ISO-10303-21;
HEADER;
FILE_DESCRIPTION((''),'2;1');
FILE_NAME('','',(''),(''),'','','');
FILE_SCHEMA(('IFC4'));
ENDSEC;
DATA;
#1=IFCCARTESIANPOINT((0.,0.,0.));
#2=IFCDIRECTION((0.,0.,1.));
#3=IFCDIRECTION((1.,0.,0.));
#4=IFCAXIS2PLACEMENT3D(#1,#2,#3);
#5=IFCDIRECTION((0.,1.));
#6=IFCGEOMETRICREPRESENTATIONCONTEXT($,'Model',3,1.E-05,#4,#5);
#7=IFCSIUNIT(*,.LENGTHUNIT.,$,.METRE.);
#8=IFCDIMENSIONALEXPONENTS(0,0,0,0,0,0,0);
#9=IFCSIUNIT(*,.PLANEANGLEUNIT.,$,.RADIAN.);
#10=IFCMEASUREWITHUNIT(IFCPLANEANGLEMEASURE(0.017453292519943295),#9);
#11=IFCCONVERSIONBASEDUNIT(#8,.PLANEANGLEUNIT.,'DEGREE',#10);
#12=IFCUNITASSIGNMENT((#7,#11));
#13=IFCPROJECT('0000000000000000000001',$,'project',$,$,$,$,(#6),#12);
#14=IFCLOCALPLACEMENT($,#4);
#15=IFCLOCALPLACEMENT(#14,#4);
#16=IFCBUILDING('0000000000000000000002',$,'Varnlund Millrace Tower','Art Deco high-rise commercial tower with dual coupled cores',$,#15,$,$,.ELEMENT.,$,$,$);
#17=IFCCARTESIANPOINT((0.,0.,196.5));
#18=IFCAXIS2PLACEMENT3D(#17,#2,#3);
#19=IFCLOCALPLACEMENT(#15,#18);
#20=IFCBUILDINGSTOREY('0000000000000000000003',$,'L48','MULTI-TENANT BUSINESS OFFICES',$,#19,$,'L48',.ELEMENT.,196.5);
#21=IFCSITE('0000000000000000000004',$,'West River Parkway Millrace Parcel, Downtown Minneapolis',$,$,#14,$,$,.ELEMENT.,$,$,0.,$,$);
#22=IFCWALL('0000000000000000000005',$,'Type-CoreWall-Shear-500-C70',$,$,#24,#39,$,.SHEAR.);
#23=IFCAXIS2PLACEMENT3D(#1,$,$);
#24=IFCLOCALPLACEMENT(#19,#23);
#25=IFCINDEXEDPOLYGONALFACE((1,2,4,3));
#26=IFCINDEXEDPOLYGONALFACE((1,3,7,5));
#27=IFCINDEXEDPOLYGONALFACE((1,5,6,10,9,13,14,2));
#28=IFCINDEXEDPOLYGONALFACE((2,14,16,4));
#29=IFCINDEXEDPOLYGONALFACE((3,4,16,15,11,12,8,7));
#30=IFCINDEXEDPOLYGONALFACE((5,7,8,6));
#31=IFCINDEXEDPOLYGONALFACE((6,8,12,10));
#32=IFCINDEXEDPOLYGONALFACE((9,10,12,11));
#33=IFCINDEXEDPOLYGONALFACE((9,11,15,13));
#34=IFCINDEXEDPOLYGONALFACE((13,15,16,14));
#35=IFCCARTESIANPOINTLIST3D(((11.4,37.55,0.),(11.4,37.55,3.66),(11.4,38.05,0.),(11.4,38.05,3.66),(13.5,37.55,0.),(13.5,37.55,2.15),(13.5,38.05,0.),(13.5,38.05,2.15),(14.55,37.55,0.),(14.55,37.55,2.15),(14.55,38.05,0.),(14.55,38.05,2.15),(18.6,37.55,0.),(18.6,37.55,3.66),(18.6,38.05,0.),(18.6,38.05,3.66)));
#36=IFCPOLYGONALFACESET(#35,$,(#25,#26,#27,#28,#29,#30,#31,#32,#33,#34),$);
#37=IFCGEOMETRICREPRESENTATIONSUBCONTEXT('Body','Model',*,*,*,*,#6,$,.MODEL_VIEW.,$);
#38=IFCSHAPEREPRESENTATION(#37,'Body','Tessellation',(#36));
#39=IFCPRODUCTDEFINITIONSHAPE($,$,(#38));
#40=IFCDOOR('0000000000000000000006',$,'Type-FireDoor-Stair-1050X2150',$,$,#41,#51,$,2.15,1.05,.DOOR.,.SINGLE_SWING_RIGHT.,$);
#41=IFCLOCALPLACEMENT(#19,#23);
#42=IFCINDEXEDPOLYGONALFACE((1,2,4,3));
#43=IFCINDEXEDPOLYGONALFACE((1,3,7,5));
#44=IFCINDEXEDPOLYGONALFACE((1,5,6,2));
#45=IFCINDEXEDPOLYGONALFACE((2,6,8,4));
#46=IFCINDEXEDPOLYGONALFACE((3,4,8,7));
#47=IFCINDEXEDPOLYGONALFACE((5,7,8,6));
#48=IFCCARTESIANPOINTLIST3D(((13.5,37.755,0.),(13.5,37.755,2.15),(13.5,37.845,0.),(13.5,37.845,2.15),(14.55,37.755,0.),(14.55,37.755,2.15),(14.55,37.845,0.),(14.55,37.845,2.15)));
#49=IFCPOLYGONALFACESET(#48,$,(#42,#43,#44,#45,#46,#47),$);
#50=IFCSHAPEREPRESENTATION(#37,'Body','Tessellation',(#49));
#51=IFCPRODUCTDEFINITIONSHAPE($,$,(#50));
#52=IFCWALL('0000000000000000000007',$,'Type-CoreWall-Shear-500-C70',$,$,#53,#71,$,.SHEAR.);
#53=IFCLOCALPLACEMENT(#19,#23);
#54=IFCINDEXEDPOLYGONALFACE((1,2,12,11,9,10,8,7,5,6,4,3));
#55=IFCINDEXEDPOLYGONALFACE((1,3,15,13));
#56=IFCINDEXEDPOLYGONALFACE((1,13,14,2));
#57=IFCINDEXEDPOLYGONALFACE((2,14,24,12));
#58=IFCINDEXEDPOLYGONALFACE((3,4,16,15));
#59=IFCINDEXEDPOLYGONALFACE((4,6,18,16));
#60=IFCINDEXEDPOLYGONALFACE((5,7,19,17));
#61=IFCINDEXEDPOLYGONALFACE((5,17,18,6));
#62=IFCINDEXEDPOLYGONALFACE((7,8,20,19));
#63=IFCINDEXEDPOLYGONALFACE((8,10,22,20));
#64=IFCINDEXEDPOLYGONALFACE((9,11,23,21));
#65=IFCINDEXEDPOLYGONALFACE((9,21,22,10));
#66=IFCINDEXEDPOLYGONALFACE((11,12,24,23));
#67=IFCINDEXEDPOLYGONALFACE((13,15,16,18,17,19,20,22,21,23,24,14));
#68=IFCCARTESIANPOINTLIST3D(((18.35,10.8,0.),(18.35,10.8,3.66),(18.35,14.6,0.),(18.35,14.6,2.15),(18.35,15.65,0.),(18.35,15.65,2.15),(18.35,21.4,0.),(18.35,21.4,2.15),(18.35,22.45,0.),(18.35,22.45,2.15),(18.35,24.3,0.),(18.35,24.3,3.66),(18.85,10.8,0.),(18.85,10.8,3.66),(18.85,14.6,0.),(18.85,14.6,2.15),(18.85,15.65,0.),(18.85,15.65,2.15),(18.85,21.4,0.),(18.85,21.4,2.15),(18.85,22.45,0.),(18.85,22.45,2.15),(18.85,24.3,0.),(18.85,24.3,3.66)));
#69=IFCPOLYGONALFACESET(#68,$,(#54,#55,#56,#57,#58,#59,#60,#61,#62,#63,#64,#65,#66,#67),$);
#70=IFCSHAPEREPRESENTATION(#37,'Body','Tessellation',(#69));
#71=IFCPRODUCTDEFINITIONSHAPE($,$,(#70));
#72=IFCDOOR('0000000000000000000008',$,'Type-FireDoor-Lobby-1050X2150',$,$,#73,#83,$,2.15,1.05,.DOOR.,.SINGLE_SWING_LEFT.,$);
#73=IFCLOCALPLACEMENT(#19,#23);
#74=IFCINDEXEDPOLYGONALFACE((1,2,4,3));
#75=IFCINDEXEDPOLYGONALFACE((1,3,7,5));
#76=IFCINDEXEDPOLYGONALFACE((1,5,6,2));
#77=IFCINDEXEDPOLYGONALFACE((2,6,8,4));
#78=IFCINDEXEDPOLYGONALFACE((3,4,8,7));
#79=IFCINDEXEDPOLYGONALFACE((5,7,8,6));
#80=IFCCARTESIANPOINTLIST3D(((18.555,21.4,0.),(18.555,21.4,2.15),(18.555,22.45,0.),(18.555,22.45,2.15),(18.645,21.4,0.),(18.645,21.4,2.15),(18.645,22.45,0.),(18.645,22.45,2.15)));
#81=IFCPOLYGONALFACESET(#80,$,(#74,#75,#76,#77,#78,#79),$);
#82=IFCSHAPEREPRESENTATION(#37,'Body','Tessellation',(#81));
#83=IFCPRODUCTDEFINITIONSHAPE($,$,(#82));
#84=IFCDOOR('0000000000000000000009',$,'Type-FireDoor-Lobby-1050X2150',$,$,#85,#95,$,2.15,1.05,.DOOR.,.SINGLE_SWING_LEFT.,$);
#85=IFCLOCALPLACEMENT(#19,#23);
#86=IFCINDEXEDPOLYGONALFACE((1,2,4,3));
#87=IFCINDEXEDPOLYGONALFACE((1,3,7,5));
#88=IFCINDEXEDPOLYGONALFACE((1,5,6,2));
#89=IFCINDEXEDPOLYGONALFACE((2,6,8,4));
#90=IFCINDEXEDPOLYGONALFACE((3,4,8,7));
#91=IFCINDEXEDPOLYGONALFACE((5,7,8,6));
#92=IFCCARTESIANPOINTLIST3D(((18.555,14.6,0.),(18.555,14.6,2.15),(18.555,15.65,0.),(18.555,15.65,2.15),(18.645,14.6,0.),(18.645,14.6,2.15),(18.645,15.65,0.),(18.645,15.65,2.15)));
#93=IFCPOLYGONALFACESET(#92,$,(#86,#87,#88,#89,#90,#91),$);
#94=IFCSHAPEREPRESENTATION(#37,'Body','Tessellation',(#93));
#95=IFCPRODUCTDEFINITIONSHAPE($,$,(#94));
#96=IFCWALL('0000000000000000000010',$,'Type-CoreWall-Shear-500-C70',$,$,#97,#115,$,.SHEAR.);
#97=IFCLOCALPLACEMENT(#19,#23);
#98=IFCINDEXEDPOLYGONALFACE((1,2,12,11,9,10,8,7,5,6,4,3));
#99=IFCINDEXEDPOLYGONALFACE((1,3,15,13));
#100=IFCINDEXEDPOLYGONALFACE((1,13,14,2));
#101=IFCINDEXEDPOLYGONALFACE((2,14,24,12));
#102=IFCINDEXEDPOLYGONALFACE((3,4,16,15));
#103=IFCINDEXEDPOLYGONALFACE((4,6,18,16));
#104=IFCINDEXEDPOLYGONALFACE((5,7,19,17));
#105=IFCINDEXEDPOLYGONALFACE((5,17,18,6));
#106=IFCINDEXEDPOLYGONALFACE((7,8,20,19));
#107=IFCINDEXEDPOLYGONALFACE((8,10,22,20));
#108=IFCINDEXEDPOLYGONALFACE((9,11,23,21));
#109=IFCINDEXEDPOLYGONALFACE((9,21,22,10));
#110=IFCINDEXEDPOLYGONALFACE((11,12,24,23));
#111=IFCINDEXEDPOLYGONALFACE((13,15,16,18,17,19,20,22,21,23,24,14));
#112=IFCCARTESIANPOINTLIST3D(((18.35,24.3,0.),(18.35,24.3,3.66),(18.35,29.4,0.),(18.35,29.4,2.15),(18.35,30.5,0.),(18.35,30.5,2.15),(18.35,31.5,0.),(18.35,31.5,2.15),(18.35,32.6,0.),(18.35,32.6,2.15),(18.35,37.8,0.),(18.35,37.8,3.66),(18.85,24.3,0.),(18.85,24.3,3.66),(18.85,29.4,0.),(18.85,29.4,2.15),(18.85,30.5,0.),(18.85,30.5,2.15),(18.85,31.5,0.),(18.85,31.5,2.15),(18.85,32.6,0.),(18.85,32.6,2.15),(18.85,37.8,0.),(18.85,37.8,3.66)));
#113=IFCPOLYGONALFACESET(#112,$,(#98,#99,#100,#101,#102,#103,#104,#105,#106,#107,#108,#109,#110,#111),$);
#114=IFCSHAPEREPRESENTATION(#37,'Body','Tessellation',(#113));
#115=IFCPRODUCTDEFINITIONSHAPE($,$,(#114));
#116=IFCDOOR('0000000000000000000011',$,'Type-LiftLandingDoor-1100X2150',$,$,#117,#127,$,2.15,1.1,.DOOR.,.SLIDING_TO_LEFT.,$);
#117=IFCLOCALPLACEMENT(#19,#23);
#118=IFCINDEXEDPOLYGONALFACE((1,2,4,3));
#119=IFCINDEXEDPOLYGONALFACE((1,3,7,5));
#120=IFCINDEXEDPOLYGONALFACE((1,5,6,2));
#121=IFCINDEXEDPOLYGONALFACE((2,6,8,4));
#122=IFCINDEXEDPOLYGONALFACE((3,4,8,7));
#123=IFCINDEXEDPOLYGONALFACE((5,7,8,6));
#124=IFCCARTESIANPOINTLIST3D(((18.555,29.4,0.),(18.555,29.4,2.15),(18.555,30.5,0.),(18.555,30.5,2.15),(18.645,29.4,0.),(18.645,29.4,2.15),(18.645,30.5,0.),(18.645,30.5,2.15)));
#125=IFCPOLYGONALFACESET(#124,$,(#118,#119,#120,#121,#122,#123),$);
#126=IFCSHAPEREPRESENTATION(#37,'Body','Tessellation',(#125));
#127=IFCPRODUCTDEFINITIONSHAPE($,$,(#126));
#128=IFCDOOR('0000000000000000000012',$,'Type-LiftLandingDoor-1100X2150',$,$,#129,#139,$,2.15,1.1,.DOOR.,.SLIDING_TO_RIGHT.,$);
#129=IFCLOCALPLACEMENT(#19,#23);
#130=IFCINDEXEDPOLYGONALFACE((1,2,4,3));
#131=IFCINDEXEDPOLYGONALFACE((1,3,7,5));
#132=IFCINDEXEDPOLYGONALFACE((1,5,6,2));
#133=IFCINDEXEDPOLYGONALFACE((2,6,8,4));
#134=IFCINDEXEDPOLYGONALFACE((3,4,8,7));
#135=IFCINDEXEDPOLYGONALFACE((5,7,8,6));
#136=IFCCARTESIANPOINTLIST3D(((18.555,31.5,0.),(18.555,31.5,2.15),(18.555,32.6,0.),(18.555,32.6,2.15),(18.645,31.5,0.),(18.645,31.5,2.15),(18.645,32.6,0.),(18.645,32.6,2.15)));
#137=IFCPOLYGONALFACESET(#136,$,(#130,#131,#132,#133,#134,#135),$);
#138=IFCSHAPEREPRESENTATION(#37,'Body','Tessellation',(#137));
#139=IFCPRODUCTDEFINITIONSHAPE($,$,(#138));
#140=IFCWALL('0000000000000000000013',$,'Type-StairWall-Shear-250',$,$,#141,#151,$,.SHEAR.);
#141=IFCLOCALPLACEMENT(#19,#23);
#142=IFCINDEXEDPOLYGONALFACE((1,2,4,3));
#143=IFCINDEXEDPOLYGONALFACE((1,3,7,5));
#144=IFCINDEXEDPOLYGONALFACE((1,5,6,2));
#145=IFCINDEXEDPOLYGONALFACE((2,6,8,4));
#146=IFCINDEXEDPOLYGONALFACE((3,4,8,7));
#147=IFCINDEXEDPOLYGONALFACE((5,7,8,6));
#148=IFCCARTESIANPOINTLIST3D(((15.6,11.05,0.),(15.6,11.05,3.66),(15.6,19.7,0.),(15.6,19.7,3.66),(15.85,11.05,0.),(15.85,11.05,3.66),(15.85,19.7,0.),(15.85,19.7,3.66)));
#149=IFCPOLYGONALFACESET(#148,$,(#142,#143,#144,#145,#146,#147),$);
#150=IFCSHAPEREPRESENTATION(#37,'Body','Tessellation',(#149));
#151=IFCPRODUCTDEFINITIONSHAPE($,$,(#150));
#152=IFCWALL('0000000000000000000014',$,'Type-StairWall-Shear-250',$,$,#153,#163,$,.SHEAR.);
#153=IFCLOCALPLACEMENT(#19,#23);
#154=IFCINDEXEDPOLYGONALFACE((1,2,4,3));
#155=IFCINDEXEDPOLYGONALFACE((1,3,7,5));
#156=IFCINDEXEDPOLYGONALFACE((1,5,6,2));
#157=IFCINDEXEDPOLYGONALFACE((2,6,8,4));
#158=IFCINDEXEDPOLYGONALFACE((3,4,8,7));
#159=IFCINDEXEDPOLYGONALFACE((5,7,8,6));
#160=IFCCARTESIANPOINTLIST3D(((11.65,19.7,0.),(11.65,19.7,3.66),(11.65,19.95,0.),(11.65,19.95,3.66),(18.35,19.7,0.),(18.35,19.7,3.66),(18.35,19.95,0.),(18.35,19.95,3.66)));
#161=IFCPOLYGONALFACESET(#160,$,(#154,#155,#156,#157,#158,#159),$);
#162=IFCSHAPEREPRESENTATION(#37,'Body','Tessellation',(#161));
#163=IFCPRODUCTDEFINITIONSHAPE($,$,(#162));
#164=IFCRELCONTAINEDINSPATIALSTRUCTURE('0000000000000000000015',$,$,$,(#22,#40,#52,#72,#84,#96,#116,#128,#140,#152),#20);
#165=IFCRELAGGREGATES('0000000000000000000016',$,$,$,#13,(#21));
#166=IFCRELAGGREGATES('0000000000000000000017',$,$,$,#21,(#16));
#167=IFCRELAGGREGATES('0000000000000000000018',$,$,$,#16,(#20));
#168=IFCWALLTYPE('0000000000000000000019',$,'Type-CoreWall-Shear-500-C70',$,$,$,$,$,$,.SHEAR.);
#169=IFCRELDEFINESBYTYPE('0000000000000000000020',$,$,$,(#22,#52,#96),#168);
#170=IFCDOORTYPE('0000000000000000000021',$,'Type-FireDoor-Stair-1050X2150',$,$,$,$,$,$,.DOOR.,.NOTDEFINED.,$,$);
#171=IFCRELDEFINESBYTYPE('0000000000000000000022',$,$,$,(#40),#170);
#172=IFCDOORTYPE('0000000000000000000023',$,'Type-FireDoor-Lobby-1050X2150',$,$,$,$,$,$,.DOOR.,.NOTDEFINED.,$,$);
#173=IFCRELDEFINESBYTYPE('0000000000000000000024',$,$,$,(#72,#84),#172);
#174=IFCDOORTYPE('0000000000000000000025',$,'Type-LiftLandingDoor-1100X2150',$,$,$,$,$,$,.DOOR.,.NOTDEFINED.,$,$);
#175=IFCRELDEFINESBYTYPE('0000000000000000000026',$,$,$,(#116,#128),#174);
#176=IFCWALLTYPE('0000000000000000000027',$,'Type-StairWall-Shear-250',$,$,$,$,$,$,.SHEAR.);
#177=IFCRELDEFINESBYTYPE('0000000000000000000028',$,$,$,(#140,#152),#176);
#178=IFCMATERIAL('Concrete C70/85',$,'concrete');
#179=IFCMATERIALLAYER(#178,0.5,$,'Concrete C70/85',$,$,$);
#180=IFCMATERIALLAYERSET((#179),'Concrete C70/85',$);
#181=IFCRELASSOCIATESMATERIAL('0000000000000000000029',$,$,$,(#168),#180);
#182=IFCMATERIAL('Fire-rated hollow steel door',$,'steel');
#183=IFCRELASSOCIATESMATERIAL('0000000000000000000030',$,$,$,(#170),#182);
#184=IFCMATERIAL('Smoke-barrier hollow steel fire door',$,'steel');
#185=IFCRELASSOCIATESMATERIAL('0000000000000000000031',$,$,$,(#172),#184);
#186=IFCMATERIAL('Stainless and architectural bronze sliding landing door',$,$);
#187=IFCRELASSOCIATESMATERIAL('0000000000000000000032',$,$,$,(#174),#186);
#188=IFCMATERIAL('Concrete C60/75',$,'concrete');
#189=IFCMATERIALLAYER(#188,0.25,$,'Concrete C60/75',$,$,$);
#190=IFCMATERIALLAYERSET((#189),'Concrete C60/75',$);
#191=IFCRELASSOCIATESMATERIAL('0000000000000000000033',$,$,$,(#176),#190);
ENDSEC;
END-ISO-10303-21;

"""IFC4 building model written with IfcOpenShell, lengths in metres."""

from ifc_helpers import new_model, entity, si_unit, converted_unit, direction, frame, origin_with_axes, origin_2d_with_axis, place, context, subcontext, project, spatial, polyline, rectangle, outline, extrude, material, layer, layer_set, type_object, element, fill, save


model = new_model("IFC4")

# Units and contexts
model_context = context("Model", 3, precision=1e-05, world=origin_with_axes(), true_north=direction((0.0, 1.0)))
body_context = subcontext(model_context, "Body", "Model", "MODEL_VIEW")
ifc_project = project(units=[si_unit("LENGTHUNIT", "METRE"), converted_unit("PLANEANGLEUNIT", "DEGREE", entity("IfcPlaneAngleMeasure", 0.017453292519943295), si_unit("PLANEANGLEUNIT", "RADIAN"), dimensions=[0, 0, 0, 0, 0, 0, 0])], contexts=[model_context])

# Site, building, storey
site_placement = place(None, origin_with_axes())
site = spatial("IfcSite", under=ifc_project, at=site_placement, Name="West River Parkway Millrace Parcel, Downtown Minneapolis", CompositionType="ELEMENT", RefElevation=0.0)
building_placement = place(site_placement, origin_with_axes())
building = spatial("IfcBuilding", under=site, at=building_placement, Name="Varnlund Millrace Tower", Description="Art Deco high-rise commercial tower with dual coupled cores", CompositionType="ELEMENT")
storey_placement = place(building_placement, frame((0.0, 0.0, 196.5), z_axis=(0.0, 0.0, 1.0), x_axis=(1.0, 0.0, 0.0)))
storey = spatial("IfcBuildingStorey", under=building, at=storey_placement, Name="L48", Description="MULTI-TENANT BUSINESS OFFICES", LongName="L48", CompositionType="ELEMENT", Elevation=196.5)

# Shared definitions
ifc_material_1 = material(Name="Concrete C60/75", Category="concrete")

# Shared definitions
ifc_material_2 = material(Name="Concrete C70/85", Category="concrete")
ifc_layer_1 = layer(ifc_material_2, 0.5, Name="Concrete C70/85")
ifc_layer_set_1 = layer_set([ifc_layer_1], Name="Concrete C70/85")
wall_type_1 = type_object("IfcWallType", Name="Type-CoreWall-Shear-500-C70", PredefinedType="SHEAR", material=ifc_layer_set_1)

# Wall, opening, door
ifc_material_3 = material(Name="Fire-rated hollow steel door", Category="steel")
door_type_1 = type_object("IfcDoorType", Name="Type-FireDoor-Stair-1050X2150", OperationType="NOTDEFINED", PredefinedType="DOOR", material=ifc_material_3)
wall_1_placement = place(storey_placement, frame((11.4, 37.8, 0.0), z_axis=(0.0, 0.0, 1.0), x_axis=(1.0, 0.0, 0.0)))
wall_1 = element("IfcWall", 1, at=wall_1_placement, inside=storey, type_object=wall_type_1, Name="Type-CoreWall-Shear-500-C70", PredefinedType="SHEAR", context=body_context, shape_type="SweptSolid", body=[
    extrude(outline(polyline([(0.0, -0.25), (7.2, -0.25), (7.2, 0.25), (0.0, 0.25), (0.0, -0.25)])), origin_with_axes(), (0.0, 0.0, 1.0), 3.66),
])
opening_1_placement = place(wall_1_placement, frame((2.625, 0.0, 0.0), z_axis=(0.0, 0.0, 1.0), x_axis=(1.0, 0.0, 0.0)))
opening_1 = element("IfcOpeningElement", 2, at=opening_1_placement, cuts=wall_1, PredefinedType="OPENING", context=body_context, shape_type="SweptSolid", body=[
    extrude(rectangle(XDim=1.05, YDim=0.52, at=origin_2d_with_axis()), origin_with_axes(), (0.0, 0.0, 1.0), 2.15),
])
door_1_placement = place(wall_1_placement, frame((2.625, 0.0, 0.0), z_axis=(0.0, 0.0, 1.0), x_axis=(1.0, 0.0, 0.0)))
door_1 = element("IfcDoor", 3, at=door_1_placement, inside=storey, type_object=door_type_1, Name="Type-FireDoor-Stair-1050X2150", OperationType="SINGLE_SWING_RIGHT", OverallHeight=2.15, OverallWidth=1.05, PredefinedType="DOOR", context=body_context, shape_type="SweptSolid", body=[
    extrude(rectangle(XDim=1.05, YDim=0.09, at=origin_2d_with_axis()), origin_with_axes(), (0.0, 0.0, 1.0), 2.15),
])
fill(opening_1, door_1)

# Walls, openings, doors
wall_2_placement = place(storey_placement, frame((18.6, 10.8, 0.0), z_axis=(0.0, 0.0, 1.0), x_axis=(0.0, 1.0, 0.0)))
wall_2 = element("IfcWall", 4, at=wall_2_placement, inside=storey, type_object=wall_type_1, Name="Type-CoreWall-Shear-500-C70", PredefinedType="SHEAR", context=body_context, shape_type="SweptSolid", body=[
    extrude(outline(polyline([(0.0, -0.25), (13.5, -0.25), (13.5, 0.25), (0.0, 0.25), (0.0, -0.25)])), origin_with_axes(), (0.0, 0.0, 1.0), 3.66),
])
opening_2_placement = place(wall_2_placement, frame((11.125, 0.0, 0.0), z_axis=(0.0, 0.0, 1.0), x_axis=(1.0, 0.0, 0.0)))
opening_2 = element("IfcOpeningElement", 5, at=opening_2_placement, cuts=wall_2, PredefinedType="OPENING", context=body_context, shape_type="SweptSolid", body=[
    extrude(rectangle(XDim=1.05, YDim=0.52, at=origin_2d_with_axis()), origin_with_axes(), (0.0, 0.0, 1.0), 2.15),
])
opening_3_placement = place(wall_2_placement, frame((4.325, 0.0, 0.0), z_axis=(0.0, 0.0, 1.0), x_axis=(1.0, 0.0, 0.0)))
opening_3 = element("IfcOpeningElement", 6, at=opening_3_placement, cuts=wall_2, PredefinedType="OPENING", context=body_context, shape_type="SweptSolid", body=[
    extrude(rectangle(XDim=1.05, YDim=0.52, at=origin_2d_with_axis()), origin_with_axes(), (0.0, 0.0, 1.0), 2.15),
])
ifc_material_4 = material(Name="Smoke-barrier hollow steel fire door", Category="steel")
door_type_2 = type_object("IfcDoorType", Name="Type-FireDoor-Lobby-1050X2150", OperationType="NOTDEFINED", PredefinedType="DOOR", material=ifc_material_4)
door_2_placement = place(wall_2_placement, frame((11.125, 0.0, 0.0), z_axis=(0.0, 0.0, 1.0), x_axis=(1.0, 0.0, 0.0)))
door_2 = element("IfcDoor", 7, at=door_2_placement, inside=storey, type_object=door_type_2, Name="Type-FireDoor-Lobby-1050X2150", OperationType="SINGLE_SWING_LEFT", OverallHeight=2.15, OverallWidth=1.05, PredefinedType="DOOR", context=body_context, shape_type="SweptSolid", body=[
    extrude(rectangle(XDim=1.05, YDim=0.09, at=origin_2d_with_axis()), origin_with_axes(), (0.0, 0.0, 1.0), 2.15),
])
fill(opening_2, door_2)
door_3_placement = place(wall_2_placement, frame((4.325, 0.0, 0.0), z_axis=(0.0, 0.0, 1.0), x_axis=(1.0, 0.0, 0.0)))
door_3 = element("IfcDoor", 8, at=door_3_placement, inside=storey, type_object=door_type_2, Name="Type-FireDoor-Lobby-1050X2150", OperationType="SINGLE_SWING_LEFT", OverallHeight=2.15, OverallWidth=1.05, PredefinedType="DOOR", context=body_context, shape_type="SweptSolid", body=[
    extrude(rectangle(XDim=1.05, YDim=0.09, at=origin_2d_with_axis()), origin_with_axes(), (0.0, 0.0, 1.0), 2.15),
])
fill(opening_3, door_3)
wall_3_placement = place(storey_placement, frame((18.6, 24.3, 0.0), z_axis=(0.0, 0.0, 1.0), x_axis=(0.0, 1.0, 0.0)))
wall_3 = element("IfcWall", 9, at=wall_3_placement, inside=storey, type_object=wall_type_1, Name="Type-CoreWall-Shear-500-C70", PredefinedType="SHEAR", context=body_context, shape_type="SweptSolid", body=[
    extrude(outline(polyline([(0.0, -0.25), (13.5, -0.25), (13.5, 0.25), (0.0, 0.25), (0.0, -0.25)])), origin_with_axes(), (0.0, 0.0, 1.0), 3.66),
])
opening_4_placement = place(wall_3_placement, frame((5.65, 0.0, 0.0), z_axis=(0.0, 0.0, 1.0), x_axis=(1.0, 0.0, 0.0)))
opening_4 = element("IfcOpeningElement", 10, at=opening_4_placement, cuts=wall_3, PredefinedType="OPENING", context=body_context, shape_type="SweptSolid", body=[
    extrude(rectangle(XDim=1.1, YDim=0.52, at=origin_2d_with_axis()), origin_with_axes(), (0.0, 0.0, 1.0), 2.15),
])
opening_5_placement = place(wall_3_placement, frame((7.75, 0.0, 0.0), z_axis=(0.0, 0.0, 1.0), x_axis=(1.0, 0.0, 0.0)))
opening_5 = element("IfcOpeningElement", 11, at=opening_5_placement, cuts=wall_3, PredefinedType="OPENING", context=body_context, shape_type="SweptSolid", body=[
    extrude(rectangle(XDim=1.1, YDim=0.52, at=origin_2d_with_axis()), origin_with_axes(), (0.0, 0.0, 1.0), 2.15),
])
ifc_material_5 = material(Name="Stainless and architectural bronze sliding landing door")
door_type_3 = type_object("IfcDoorType", Name="Type-LiftLandingDoor-1100X2150", OperationType="NOTDEFINED", PredefinedType="DOOR", material=ifc_material_5)
door_4_placement = place(wall_3_placement, frame((5.65, 0.0, 0.0), z_axis=(0.0, 0.0, 1.0), x_axis=(1.0, 0.0, 0.0)))
door_4 = element("IfcDoor", 12, at=door_4_placement, inside=storey, type_object=door_type_3, Name="Type-LiftLandingDoor-1100X2150", OperationType="SLIDING_TO_LEFT", OverallHeight=2.15, OverallWidth=1.1, PredefinedType="DOOR", context=body_context, shape_type="SweptSolid", body=[
    extrude(rectangle(XDim=1.1, YDim=0.09, at=origin_2d_with_axis()), origin_with_axes(), (0.0, 0.0, 1.0), 2.15),
])
fill(opening_4, door_4)
door_5_placement = place(wall_3_placement, frame((7.75, 0.0, 0.0), z_axis=(0.0, 0.0, 1.0), x_axis=(1.0, 0.0, 0.0)))
door_5 = element("IfcDoor", 13, at=door_5_placement, inside=storey, type_object=door_type_3, Name="Type-LiftLandingDoor-1100X2150", OperationType="SLIDING_TO_RIGHT", OverallHeight=2.15, OverallWidth=1.1, PredefinedType="DOOR", context=body_context, shape_type="SweptSolid", body=[
    extrude(rectangle(XDim=1.1, YDim=0.09, at=origin_2d_with_axis()), origin_with_axes(), (0.0, 0.0, 1.0), 2.15),
])
fill(opening_5, door_5)

# Walls
ifc_layer_2 = layer(ifc_material_1, 0.25, Name="Concrete C60/75")
ifc_layer_set_2 = layer_set([ifc_layer_2], Name="Concrete C60/75")
wall_type_2 = type_object("IfcWallType", Name="Type-StairWall-Shear-250", PredefinedType="SHEAR", material=ifc_layer_set_2)
wall_4_placement = place(storey_placement, frame((15.725, 11.05, 0.0), z_axis=(0.0, 0.0, 1.0), x_axis=(0.0, 1.0, 0.0)))
element("IfcWall", 14, at=wall_4_placement, inside=storey, type_object=wall_type_2, Name="Type-StairWall-Shear-250", PredefinedType="SHEAR", context=body_context, shape_type="SweptSolid", body=[
    extrude(outline(polyline([(0.0, -0.125), (8.65, -0.125), (8.65, 0.125), (0.0, 0.125), (0.0, -0.125)])), origin_with_axes(), (0.0, 0.0, 1.0), 3.66),
])
wall_5_placement = place(storey_placement, frame((11.65, 19.825, 0.0), z_axis=(0.0, 0.0, 1.0), x_axis=(1.0, 0.0, 0.0)))
element("IfcWall", 15, at=wall_5_placement, inside=storey, type_object=wall_type_2, Name="Type-StairWall-Shear-250", PredefinedType="SHEAR", context=body_context, shape_type="SweptSolid", body=[
    extrude(outline(polyline([(0.0, -0.125), (6.7, -0.125), (6.7, 0.125), (0.0, 0.125), (0.0, -0.125)])), origin_with_axes(), (0.0, 0.0, 1.0), 3.66),
])

save(model, "model.ifc")
